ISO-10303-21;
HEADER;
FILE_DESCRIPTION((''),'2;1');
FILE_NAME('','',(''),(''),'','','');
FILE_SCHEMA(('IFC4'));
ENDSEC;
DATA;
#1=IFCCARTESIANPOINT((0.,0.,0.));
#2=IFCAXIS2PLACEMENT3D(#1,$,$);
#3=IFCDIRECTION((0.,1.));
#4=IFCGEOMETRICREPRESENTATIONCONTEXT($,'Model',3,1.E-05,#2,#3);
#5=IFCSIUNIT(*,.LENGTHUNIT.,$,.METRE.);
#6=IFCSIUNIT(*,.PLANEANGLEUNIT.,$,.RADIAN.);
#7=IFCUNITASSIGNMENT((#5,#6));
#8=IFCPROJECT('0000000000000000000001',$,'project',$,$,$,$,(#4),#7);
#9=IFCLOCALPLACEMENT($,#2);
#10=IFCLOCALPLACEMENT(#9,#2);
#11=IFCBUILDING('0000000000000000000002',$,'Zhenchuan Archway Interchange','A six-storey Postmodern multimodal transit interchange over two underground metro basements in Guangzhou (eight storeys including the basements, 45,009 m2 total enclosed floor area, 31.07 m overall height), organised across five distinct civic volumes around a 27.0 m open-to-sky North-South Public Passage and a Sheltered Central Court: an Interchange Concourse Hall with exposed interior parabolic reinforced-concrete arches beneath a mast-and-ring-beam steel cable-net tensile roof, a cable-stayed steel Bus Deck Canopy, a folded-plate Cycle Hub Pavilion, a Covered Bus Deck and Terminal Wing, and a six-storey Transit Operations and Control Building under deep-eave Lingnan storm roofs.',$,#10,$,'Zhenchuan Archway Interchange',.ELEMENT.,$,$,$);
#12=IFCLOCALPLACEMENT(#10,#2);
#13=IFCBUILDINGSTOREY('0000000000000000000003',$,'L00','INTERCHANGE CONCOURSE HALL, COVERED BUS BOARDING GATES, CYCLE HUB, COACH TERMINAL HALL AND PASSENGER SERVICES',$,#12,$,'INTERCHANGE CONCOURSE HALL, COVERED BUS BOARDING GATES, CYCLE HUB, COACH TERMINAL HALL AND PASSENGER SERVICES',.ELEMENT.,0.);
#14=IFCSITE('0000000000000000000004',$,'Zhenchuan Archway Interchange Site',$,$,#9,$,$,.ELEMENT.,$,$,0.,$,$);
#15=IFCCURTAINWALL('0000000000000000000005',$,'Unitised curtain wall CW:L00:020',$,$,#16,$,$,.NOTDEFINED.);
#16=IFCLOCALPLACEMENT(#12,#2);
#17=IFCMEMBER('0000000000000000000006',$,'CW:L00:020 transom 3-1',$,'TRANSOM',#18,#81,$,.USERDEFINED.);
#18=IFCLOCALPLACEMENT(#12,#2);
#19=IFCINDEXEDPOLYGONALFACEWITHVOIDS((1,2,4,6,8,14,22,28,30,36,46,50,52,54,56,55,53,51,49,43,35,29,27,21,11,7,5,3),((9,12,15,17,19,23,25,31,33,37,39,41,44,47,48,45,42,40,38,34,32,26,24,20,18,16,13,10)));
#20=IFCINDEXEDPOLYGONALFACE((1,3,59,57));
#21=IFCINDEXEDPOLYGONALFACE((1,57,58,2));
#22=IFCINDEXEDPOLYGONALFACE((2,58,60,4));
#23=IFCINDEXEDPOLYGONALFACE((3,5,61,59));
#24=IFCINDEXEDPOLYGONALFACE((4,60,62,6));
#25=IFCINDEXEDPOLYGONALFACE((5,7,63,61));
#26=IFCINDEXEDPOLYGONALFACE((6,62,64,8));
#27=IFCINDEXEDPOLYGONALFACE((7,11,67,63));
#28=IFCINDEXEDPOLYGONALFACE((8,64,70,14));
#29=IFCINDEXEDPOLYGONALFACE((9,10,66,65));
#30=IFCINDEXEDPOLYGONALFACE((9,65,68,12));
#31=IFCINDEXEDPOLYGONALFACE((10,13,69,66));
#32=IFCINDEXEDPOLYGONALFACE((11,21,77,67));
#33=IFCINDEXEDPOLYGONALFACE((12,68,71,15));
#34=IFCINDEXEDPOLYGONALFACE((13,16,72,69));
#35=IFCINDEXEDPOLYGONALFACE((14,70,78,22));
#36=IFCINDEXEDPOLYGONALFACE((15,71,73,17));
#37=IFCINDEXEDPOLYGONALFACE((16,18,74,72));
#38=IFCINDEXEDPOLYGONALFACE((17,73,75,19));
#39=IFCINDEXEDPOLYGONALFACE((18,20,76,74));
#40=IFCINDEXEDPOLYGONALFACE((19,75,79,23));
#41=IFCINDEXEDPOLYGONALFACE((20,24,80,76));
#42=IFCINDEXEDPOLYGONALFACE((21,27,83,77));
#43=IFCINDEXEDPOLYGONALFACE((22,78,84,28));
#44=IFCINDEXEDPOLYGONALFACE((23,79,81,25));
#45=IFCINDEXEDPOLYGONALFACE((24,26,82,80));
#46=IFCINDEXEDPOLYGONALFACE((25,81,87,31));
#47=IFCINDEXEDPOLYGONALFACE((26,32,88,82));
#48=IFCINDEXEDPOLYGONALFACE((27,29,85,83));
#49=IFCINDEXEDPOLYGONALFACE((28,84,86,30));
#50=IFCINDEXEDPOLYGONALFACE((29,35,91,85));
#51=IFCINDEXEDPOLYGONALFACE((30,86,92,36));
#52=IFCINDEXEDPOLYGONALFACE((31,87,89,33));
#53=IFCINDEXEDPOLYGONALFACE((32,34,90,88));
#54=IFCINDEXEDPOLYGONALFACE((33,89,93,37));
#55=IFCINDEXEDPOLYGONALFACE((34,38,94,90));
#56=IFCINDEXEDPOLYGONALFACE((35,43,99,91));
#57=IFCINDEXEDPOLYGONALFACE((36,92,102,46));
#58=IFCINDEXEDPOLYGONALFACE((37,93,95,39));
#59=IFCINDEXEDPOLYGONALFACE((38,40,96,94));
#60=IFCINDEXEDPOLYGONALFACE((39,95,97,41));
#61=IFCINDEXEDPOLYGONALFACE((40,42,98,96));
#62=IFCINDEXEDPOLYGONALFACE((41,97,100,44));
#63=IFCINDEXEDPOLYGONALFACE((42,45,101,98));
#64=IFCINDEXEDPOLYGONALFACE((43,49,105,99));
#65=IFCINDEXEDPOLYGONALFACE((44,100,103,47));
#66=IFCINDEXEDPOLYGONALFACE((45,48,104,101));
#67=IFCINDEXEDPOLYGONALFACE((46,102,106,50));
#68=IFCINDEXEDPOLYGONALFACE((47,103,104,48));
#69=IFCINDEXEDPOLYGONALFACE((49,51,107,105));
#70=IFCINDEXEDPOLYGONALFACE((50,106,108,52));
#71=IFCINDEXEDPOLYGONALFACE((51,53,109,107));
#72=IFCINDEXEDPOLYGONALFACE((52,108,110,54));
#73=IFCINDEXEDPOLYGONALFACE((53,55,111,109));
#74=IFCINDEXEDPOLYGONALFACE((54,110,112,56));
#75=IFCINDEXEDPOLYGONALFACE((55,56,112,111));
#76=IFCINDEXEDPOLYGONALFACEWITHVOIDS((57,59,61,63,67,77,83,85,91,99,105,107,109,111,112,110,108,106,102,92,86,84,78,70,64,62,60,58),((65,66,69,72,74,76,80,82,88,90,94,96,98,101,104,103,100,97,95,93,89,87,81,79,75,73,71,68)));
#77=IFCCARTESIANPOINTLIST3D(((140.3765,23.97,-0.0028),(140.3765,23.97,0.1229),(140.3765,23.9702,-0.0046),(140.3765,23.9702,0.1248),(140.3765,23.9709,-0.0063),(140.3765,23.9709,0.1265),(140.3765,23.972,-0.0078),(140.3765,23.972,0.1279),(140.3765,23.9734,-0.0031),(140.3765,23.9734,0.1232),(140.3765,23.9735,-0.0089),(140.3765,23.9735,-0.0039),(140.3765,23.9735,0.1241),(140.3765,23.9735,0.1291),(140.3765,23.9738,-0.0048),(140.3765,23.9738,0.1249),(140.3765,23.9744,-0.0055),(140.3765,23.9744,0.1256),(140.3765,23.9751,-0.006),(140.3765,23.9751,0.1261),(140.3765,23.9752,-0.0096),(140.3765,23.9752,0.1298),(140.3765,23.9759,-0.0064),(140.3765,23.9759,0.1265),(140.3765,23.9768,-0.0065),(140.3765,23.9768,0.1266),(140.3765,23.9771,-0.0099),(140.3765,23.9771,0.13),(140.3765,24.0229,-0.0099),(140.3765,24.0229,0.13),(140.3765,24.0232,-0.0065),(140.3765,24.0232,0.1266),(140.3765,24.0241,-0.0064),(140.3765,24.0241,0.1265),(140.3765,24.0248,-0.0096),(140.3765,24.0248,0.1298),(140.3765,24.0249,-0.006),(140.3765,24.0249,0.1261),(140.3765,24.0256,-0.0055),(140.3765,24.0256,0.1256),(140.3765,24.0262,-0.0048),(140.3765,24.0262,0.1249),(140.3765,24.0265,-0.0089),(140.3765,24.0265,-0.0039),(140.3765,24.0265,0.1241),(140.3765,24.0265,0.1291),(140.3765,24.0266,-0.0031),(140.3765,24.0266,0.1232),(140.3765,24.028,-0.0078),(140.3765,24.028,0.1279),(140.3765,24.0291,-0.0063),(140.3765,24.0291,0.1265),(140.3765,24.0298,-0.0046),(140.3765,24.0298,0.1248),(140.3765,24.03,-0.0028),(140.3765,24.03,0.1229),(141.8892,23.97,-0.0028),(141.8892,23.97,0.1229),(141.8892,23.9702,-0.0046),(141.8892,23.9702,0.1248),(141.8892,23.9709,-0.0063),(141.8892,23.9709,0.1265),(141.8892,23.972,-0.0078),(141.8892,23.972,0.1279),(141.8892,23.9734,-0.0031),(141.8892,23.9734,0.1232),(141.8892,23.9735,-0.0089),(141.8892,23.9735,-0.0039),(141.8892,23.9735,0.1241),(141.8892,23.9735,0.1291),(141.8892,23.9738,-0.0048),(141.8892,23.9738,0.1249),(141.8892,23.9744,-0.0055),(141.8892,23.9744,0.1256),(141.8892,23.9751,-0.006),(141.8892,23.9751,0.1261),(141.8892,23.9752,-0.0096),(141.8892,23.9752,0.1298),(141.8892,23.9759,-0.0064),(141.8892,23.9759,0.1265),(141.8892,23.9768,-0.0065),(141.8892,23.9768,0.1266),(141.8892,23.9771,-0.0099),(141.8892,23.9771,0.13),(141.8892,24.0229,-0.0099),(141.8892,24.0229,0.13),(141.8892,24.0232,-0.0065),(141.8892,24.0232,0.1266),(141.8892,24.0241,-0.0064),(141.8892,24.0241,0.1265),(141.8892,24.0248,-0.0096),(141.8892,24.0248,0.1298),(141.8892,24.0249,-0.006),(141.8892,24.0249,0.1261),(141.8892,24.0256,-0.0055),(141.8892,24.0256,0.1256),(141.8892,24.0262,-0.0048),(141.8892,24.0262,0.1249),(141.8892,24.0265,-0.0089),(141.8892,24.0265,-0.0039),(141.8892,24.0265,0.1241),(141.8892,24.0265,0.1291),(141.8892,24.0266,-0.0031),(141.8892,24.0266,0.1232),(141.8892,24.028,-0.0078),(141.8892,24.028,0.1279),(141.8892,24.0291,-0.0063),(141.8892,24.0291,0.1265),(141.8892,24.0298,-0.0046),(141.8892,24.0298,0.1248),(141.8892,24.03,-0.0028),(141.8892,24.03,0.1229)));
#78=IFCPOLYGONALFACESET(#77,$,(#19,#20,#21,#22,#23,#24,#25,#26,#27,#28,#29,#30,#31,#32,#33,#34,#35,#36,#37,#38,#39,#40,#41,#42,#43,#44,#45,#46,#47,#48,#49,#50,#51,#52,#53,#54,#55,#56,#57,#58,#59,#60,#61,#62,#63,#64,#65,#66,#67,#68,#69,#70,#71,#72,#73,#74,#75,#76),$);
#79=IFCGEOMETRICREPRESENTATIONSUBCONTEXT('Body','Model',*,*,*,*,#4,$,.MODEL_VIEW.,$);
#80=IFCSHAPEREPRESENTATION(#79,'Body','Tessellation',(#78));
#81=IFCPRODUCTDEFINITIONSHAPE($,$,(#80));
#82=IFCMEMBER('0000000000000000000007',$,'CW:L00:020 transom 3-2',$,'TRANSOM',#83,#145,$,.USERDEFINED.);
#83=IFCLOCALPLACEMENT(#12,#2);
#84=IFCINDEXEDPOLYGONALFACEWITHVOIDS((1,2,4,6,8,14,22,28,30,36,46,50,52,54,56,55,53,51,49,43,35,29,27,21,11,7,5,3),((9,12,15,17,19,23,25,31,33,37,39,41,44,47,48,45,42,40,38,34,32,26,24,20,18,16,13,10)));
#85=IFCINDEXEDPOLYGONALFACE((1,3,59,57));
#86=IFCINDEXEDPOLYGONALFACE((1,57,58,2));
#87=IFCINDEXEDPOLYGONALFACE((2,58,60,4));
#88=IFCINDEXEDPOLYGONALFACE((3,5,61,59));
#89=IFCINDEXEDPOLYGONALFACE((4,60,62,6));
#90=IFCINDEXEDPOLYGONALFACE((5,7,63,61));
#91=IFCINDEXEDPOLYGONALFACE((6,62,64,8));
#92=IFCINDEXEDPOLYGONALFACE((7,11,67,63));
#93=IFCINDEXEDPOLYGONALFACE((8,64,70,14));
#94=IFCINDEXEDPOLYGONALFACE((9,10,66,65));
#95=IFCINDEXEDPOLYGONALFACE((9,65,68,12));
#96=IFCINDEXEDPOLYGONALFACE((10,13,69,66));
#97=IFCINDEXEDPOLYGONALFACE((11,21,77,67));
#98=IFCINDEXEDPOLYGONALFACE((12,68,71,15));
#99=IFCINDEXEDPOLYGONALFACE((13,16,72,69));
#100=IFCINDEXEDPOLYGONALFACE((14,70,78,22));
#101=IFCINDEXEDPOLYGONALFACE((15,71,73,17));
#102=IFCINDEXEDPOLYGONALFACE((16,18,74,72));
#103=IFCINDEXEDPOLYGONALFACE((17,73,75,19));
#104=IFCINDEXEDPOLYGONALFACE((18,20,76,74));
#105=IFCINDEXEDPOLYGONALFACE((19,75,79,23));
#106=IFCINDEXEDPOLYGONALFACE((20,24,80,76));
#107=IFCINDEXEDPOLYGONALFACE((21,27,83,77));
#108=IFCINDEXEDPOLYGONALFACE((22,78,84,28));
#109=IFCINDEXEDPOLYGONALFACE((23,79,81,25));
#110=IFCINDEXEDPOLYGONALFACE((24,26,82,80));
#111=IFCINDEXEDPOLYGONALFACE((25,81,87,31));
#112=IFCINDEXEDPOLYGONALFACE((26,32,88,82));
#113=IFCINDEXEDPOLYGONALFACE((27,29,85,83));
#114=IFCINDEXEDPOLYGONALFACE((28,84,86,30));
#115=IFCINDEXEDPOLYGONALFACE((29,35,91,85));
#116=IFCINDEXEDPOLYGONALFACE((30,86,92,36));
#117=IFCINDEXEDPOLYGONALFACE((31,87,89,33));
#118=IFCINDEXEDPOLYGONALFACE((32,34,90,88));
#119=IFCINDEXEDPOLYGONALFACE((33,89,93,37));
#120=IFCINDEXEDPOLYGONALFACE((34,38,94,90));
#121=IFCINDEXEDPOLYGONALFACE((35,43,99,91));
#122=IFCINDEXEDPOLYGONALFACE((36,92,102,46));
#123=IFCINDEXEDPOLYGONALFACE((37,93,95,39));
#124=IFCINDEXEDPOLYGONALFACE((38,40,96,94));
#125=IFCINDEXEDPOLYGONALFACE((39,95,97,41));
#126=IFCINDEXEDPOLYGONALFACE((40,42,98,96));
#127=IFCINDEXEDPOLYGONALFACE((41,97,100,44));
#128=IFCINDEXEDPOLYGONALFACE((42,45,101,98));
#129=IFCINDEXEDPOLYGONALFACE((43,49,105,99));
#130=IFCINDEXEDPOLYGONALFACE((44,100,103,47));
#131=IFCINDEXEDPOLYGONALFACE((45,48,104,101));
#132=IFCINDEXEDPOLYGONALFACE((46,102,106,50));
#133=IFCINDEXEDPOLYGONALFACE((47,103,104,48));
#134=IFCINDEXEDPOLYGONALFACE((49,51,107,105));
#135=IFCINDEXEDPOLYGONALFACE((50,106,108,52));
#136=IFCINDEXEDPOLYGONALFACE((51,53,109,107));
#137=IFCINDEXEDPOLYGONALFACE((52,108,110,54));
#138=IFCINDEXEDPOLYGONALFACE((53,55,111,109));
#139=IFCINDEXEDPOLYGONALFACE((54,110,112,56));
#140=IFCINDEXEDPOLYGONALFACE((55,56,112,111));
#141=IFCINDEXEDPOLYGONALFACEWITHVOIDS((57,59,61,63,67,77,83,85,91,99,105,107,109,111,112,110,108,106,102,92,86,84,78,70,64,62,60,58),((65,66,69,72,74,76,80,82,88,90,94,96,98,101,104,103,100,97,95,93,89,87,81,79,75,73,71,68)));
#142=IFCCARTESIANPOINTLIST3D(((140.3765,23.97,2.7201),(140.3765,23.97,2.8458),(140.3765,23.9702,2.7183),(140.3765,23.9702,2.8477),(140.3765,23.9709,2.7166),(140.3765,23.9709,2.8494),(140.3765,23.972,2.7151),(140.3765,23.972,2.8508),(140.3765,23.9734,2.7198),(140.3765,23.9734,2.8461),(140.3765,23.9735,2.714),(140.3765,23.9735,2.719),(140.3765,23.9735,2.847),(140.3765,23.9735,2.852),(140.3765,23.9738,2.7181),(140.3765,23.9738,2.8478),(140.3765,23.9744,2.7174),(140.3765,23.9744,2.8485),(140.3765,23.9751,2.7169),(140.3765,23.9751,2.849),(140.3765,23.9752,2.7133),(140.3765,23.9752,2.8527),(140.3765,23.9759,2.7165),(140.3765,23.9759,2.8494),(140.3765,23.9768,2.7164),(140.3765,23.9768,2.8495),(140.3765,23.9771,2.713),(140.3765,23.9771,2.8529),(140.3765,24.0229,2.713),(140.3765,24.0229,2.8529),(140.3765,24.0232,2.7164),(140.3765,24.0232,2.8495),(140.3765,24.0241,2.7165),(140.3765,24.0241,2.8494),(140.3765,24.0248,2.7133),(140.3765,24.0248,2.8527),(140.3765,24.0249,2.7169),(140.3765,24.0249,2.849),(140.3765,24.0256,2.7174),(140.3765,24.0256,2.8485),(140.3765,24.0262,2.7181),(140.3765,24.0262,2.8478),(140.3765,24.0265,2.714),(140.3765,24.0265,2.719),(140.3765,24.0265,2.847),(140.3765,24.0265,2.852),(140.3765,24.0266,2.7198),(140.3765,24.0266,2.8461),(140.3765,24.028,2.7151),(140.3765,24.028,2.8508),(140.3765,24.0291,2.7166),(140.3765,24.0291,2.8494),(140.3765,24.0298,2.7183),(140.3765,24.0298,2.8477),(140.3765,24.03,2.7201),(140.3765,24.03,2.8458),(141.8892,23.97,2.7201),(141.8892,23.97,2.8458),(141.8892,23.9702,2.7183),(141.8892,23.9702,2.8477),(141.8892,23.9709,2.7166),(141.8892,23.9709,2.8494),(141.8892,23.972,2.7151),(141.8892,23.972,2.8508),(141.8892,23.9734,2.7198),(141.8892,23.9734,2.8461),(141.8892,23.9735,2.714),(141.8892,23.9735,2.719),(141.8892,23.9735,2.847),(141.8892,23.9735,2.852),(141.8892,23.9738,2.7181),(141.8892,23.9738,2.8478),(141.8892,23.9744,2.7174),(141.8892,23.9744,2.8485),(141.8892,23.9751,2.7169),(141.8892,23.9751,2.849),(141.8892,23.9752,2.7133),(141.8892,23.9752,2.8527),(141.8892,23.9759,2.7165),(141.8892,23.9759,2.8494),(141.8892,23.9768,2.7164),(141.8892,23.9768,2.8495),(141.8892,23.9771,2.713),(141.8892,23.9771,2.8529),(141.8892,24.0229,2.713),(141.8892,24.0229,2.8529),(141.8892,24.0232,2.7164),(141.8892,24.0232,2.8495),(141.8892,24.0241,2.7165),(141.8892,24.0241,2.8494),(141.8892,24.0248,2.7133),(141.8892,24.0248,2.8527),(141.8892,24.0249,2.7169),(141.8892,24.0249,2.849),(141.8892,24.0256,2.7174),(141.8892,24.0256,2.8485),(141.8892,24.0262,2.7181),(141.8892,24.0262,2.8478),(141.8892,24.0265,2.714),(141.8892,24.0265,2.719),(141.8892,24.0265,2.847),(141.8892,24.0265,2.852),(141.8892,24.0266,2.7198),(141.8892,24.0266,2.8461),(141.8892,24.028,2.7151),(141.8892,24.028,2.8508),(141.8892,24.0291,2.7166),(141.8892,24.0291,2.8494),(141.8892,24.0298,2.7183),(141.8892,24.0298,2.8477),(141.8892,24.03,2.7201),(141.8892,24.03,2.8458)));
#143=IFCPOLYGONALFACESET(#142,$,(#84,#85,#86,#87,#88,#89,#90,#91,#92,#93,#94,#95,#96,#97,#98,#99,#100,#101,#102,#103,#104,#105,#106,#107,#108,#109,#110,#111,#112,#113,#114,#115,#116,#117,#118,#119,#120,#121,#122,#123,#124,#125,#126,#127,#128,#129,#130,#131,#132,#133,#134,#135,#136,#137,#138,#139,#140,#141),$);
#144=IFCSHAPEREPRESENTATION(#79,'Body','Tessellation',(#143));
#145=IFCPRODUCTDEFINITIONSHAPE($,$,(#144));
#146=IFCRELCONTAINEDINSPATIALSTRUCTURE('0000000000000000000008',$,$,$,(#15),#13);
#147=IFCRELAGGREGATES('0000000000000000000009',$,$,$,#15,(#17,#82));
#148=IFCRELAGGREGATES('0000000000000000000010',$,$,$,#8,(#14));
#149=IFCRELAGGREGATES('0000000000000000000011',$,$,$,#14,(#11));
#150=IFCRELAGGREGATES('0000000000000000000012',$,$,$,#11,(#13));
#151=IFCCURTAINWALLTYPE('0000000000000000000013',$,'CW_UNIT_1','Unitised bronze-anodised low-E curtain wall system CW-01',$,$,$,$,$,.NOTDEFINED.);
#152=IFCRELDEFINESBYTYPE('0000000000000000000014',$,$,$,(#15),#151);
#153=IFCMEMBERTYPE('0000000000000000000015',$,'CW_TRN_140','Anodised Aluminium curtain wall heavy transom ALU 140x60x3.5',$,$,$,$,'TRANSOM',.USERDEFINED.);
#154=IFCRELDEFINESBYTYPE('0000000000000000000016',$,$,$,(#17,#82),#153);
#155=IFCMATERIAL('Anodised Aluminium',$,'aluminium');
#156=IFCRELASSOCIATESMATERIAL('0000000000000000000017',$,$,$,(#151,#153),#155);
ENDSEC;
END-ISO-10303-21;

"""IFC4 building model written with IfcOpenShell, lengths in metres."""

from ifc_helpers import new_model, si_unit, direction, frame, origin, origin_2d, place, context, subcontext, project, spatial, hollow_rectangle, extrude, material, material_profile, profile_set, type_object, element, aggregate, save


model = new_model("IFC4")

# Units and contexts
model_context = context("Model", 3, precision=1e-05, world=origin(), true_north=direction((0.0, 1.0)))
body_context = subcontext(model_context, "Body", "Model", "MODEL_VIEW")
ifc_project = project(units=[si_unit("LENGTHUNIT", "METRE"), si_unit("PLANEANGLEUNIT", "RADIAN")], contexts=[model_context])

# Site, building, storey
site_placement = place(None, origin())
site = spatial("IfcSite", under=ifc_project, at=site_placement, Name="Zhenchuan Archway Interchange Site", CompositionType="ELEMENT", RefElevation=0.0)
building_placement = place(site_placement, origin())
building = spatial("IfcBuilding", under=site, at=building_placement, Name="Zhenchuan Archway Interchange", Description="A six-storey Postmodern multimodal transit interchange over two underground metro basements in Guangzhou (eight storeys including the basements, 45,009 m2 total enclosed floor area, 31.07 m overall height), organised across five distinct civic volumes around a 27.0 m open-to-sky North-South Public Passage and a Sheltered Central Court: an Interchange Concourse Hall with exposed interior parabolic reinforced-concrete arches beneath a mast-and-ring-beam steel cable-net tensile roof, a cable-stayed steel Bus Deck Canopy, a folded-plate Cycle Hub Pavilion, a Covered Bus Deck and Terminal Wing, and a six-storey Transit Operations and Control Building under deep-eave Lingnan storm roofs.", LongName="Zhenchuan Archway Interchange", CompositionType="ELEMENT")
storey_placement = place(building_placement, origin())
storey = spatial("IfcBuildingStorey", under=building, at=storey_placement, Name="L00", Description="INTERCHANGE CONCOURSE HALL, COVERED BUS BOARDING GATES, CYCLE HUB, COACH TERMINAL HALL AND PASSENGER SERVICES", LongName="INTERCHANGE CONCOURSE HALL, COVERED BUS BOARDING GATES, CYCLE HUB, COACH TERMINAL HALL AND PASSENGER SERVICES", CompositionType="ELEMENT", Elevation=0.0)

# Curtain wall, members
ifc_material_1 = material(Name="Anodised Aluminium", Category="aluminium")
curtain_wall_type = type_object("IfcCurtainWallType", Name="CW_UNIT_1", Description="Unitised bronze-anodised low-E curtain wall system CW-01", PredefinedType="NOTDEFINED", material=ifc_material_1)
curtain_wall_placement = place(storey_placement, origin())
curtain_wall = element("IfcCurtainWall", 1, at=curtain_wall_placement, inside=storey, type_object=curtain_wall_type, Name="Unitised curtain wall CW:L00:020", PredefinedType="NOTDEFINED")
ifc_material_profile_1 = material_profile(ifc_material_1, hollow_rectangle(XDim=0.0601, YDim=0.1399, WallThickness=0.0034, InnerFilletRadius=0.0034, OuterFilletRadius=0.0071, at=origin_2d()), Name="ALU 140x60x3.5")
ifc_profile_set_1 = profile_set([ifc_material_profile_1], Name="Anodised Aluminium")
member_type_1 = type_object("IfcMemberType", Name="CW_TRN_140", Description="Anodised Aluminium curtain wall heavy transom ALU 140x60x3.5", ElementType="TRANSOM", PredefinedType="USERDEFINED", material=ifc_profile_set_1)
member_1_placement = place(storey_placement, frame((140.3765, 24.0, 0.0601), z_axis=(1.0, 0.0, 0.0), x_axis=(0.0, 1.0, 0.0)))
member_1 = element("IfcMember", 2, at=member_1_placement, type_object=member_type_1, Name="CW:L00:020 transom 3-1", ObjectType="TRANSOM", PredefinedType="USERDEFINED", context=body_context, shape_type="SweptSolid", body=[
    extrude(hollow_rectangle(XDim=0.0601, YDim=0.1399, WallThickness=0.0034, InnerFilletRadius=0.0034, OuterFilletRadius=0.0071, at=origin_2d()), origin(), (0.0, 0.0, 1.0), 1.5127),
])
member_2_placement = place(storey_placement, frame((140.3765, 24.0, 2.783), z_axis=(1.0, 0.0, 0.0), x_axis=(0.0, 1.0, 0.0)))
member_2 = element("IfcMember", 3, at=member_2_placement, type_object=member_type_1, Name="CW:L00:020 transom 3-2", ObjectType="TRANSOM", PredefinedType="USERDEFINED", context=body_context, shape_type="SweptSolid", body=[
    extrude(hollow_rectangle(XDim=0.0601, YDim=0.1399, WallThickness=0.0034, InnerFilletRadius=0.0034, OuterFilletRadius=0.0071, at=origin_2d()), origin(), (0.0, 0.0, 1.0), 1.5127),
])
aggregate(curtain_wall, [member_1, member_2])

save(model, "model.ifc")
